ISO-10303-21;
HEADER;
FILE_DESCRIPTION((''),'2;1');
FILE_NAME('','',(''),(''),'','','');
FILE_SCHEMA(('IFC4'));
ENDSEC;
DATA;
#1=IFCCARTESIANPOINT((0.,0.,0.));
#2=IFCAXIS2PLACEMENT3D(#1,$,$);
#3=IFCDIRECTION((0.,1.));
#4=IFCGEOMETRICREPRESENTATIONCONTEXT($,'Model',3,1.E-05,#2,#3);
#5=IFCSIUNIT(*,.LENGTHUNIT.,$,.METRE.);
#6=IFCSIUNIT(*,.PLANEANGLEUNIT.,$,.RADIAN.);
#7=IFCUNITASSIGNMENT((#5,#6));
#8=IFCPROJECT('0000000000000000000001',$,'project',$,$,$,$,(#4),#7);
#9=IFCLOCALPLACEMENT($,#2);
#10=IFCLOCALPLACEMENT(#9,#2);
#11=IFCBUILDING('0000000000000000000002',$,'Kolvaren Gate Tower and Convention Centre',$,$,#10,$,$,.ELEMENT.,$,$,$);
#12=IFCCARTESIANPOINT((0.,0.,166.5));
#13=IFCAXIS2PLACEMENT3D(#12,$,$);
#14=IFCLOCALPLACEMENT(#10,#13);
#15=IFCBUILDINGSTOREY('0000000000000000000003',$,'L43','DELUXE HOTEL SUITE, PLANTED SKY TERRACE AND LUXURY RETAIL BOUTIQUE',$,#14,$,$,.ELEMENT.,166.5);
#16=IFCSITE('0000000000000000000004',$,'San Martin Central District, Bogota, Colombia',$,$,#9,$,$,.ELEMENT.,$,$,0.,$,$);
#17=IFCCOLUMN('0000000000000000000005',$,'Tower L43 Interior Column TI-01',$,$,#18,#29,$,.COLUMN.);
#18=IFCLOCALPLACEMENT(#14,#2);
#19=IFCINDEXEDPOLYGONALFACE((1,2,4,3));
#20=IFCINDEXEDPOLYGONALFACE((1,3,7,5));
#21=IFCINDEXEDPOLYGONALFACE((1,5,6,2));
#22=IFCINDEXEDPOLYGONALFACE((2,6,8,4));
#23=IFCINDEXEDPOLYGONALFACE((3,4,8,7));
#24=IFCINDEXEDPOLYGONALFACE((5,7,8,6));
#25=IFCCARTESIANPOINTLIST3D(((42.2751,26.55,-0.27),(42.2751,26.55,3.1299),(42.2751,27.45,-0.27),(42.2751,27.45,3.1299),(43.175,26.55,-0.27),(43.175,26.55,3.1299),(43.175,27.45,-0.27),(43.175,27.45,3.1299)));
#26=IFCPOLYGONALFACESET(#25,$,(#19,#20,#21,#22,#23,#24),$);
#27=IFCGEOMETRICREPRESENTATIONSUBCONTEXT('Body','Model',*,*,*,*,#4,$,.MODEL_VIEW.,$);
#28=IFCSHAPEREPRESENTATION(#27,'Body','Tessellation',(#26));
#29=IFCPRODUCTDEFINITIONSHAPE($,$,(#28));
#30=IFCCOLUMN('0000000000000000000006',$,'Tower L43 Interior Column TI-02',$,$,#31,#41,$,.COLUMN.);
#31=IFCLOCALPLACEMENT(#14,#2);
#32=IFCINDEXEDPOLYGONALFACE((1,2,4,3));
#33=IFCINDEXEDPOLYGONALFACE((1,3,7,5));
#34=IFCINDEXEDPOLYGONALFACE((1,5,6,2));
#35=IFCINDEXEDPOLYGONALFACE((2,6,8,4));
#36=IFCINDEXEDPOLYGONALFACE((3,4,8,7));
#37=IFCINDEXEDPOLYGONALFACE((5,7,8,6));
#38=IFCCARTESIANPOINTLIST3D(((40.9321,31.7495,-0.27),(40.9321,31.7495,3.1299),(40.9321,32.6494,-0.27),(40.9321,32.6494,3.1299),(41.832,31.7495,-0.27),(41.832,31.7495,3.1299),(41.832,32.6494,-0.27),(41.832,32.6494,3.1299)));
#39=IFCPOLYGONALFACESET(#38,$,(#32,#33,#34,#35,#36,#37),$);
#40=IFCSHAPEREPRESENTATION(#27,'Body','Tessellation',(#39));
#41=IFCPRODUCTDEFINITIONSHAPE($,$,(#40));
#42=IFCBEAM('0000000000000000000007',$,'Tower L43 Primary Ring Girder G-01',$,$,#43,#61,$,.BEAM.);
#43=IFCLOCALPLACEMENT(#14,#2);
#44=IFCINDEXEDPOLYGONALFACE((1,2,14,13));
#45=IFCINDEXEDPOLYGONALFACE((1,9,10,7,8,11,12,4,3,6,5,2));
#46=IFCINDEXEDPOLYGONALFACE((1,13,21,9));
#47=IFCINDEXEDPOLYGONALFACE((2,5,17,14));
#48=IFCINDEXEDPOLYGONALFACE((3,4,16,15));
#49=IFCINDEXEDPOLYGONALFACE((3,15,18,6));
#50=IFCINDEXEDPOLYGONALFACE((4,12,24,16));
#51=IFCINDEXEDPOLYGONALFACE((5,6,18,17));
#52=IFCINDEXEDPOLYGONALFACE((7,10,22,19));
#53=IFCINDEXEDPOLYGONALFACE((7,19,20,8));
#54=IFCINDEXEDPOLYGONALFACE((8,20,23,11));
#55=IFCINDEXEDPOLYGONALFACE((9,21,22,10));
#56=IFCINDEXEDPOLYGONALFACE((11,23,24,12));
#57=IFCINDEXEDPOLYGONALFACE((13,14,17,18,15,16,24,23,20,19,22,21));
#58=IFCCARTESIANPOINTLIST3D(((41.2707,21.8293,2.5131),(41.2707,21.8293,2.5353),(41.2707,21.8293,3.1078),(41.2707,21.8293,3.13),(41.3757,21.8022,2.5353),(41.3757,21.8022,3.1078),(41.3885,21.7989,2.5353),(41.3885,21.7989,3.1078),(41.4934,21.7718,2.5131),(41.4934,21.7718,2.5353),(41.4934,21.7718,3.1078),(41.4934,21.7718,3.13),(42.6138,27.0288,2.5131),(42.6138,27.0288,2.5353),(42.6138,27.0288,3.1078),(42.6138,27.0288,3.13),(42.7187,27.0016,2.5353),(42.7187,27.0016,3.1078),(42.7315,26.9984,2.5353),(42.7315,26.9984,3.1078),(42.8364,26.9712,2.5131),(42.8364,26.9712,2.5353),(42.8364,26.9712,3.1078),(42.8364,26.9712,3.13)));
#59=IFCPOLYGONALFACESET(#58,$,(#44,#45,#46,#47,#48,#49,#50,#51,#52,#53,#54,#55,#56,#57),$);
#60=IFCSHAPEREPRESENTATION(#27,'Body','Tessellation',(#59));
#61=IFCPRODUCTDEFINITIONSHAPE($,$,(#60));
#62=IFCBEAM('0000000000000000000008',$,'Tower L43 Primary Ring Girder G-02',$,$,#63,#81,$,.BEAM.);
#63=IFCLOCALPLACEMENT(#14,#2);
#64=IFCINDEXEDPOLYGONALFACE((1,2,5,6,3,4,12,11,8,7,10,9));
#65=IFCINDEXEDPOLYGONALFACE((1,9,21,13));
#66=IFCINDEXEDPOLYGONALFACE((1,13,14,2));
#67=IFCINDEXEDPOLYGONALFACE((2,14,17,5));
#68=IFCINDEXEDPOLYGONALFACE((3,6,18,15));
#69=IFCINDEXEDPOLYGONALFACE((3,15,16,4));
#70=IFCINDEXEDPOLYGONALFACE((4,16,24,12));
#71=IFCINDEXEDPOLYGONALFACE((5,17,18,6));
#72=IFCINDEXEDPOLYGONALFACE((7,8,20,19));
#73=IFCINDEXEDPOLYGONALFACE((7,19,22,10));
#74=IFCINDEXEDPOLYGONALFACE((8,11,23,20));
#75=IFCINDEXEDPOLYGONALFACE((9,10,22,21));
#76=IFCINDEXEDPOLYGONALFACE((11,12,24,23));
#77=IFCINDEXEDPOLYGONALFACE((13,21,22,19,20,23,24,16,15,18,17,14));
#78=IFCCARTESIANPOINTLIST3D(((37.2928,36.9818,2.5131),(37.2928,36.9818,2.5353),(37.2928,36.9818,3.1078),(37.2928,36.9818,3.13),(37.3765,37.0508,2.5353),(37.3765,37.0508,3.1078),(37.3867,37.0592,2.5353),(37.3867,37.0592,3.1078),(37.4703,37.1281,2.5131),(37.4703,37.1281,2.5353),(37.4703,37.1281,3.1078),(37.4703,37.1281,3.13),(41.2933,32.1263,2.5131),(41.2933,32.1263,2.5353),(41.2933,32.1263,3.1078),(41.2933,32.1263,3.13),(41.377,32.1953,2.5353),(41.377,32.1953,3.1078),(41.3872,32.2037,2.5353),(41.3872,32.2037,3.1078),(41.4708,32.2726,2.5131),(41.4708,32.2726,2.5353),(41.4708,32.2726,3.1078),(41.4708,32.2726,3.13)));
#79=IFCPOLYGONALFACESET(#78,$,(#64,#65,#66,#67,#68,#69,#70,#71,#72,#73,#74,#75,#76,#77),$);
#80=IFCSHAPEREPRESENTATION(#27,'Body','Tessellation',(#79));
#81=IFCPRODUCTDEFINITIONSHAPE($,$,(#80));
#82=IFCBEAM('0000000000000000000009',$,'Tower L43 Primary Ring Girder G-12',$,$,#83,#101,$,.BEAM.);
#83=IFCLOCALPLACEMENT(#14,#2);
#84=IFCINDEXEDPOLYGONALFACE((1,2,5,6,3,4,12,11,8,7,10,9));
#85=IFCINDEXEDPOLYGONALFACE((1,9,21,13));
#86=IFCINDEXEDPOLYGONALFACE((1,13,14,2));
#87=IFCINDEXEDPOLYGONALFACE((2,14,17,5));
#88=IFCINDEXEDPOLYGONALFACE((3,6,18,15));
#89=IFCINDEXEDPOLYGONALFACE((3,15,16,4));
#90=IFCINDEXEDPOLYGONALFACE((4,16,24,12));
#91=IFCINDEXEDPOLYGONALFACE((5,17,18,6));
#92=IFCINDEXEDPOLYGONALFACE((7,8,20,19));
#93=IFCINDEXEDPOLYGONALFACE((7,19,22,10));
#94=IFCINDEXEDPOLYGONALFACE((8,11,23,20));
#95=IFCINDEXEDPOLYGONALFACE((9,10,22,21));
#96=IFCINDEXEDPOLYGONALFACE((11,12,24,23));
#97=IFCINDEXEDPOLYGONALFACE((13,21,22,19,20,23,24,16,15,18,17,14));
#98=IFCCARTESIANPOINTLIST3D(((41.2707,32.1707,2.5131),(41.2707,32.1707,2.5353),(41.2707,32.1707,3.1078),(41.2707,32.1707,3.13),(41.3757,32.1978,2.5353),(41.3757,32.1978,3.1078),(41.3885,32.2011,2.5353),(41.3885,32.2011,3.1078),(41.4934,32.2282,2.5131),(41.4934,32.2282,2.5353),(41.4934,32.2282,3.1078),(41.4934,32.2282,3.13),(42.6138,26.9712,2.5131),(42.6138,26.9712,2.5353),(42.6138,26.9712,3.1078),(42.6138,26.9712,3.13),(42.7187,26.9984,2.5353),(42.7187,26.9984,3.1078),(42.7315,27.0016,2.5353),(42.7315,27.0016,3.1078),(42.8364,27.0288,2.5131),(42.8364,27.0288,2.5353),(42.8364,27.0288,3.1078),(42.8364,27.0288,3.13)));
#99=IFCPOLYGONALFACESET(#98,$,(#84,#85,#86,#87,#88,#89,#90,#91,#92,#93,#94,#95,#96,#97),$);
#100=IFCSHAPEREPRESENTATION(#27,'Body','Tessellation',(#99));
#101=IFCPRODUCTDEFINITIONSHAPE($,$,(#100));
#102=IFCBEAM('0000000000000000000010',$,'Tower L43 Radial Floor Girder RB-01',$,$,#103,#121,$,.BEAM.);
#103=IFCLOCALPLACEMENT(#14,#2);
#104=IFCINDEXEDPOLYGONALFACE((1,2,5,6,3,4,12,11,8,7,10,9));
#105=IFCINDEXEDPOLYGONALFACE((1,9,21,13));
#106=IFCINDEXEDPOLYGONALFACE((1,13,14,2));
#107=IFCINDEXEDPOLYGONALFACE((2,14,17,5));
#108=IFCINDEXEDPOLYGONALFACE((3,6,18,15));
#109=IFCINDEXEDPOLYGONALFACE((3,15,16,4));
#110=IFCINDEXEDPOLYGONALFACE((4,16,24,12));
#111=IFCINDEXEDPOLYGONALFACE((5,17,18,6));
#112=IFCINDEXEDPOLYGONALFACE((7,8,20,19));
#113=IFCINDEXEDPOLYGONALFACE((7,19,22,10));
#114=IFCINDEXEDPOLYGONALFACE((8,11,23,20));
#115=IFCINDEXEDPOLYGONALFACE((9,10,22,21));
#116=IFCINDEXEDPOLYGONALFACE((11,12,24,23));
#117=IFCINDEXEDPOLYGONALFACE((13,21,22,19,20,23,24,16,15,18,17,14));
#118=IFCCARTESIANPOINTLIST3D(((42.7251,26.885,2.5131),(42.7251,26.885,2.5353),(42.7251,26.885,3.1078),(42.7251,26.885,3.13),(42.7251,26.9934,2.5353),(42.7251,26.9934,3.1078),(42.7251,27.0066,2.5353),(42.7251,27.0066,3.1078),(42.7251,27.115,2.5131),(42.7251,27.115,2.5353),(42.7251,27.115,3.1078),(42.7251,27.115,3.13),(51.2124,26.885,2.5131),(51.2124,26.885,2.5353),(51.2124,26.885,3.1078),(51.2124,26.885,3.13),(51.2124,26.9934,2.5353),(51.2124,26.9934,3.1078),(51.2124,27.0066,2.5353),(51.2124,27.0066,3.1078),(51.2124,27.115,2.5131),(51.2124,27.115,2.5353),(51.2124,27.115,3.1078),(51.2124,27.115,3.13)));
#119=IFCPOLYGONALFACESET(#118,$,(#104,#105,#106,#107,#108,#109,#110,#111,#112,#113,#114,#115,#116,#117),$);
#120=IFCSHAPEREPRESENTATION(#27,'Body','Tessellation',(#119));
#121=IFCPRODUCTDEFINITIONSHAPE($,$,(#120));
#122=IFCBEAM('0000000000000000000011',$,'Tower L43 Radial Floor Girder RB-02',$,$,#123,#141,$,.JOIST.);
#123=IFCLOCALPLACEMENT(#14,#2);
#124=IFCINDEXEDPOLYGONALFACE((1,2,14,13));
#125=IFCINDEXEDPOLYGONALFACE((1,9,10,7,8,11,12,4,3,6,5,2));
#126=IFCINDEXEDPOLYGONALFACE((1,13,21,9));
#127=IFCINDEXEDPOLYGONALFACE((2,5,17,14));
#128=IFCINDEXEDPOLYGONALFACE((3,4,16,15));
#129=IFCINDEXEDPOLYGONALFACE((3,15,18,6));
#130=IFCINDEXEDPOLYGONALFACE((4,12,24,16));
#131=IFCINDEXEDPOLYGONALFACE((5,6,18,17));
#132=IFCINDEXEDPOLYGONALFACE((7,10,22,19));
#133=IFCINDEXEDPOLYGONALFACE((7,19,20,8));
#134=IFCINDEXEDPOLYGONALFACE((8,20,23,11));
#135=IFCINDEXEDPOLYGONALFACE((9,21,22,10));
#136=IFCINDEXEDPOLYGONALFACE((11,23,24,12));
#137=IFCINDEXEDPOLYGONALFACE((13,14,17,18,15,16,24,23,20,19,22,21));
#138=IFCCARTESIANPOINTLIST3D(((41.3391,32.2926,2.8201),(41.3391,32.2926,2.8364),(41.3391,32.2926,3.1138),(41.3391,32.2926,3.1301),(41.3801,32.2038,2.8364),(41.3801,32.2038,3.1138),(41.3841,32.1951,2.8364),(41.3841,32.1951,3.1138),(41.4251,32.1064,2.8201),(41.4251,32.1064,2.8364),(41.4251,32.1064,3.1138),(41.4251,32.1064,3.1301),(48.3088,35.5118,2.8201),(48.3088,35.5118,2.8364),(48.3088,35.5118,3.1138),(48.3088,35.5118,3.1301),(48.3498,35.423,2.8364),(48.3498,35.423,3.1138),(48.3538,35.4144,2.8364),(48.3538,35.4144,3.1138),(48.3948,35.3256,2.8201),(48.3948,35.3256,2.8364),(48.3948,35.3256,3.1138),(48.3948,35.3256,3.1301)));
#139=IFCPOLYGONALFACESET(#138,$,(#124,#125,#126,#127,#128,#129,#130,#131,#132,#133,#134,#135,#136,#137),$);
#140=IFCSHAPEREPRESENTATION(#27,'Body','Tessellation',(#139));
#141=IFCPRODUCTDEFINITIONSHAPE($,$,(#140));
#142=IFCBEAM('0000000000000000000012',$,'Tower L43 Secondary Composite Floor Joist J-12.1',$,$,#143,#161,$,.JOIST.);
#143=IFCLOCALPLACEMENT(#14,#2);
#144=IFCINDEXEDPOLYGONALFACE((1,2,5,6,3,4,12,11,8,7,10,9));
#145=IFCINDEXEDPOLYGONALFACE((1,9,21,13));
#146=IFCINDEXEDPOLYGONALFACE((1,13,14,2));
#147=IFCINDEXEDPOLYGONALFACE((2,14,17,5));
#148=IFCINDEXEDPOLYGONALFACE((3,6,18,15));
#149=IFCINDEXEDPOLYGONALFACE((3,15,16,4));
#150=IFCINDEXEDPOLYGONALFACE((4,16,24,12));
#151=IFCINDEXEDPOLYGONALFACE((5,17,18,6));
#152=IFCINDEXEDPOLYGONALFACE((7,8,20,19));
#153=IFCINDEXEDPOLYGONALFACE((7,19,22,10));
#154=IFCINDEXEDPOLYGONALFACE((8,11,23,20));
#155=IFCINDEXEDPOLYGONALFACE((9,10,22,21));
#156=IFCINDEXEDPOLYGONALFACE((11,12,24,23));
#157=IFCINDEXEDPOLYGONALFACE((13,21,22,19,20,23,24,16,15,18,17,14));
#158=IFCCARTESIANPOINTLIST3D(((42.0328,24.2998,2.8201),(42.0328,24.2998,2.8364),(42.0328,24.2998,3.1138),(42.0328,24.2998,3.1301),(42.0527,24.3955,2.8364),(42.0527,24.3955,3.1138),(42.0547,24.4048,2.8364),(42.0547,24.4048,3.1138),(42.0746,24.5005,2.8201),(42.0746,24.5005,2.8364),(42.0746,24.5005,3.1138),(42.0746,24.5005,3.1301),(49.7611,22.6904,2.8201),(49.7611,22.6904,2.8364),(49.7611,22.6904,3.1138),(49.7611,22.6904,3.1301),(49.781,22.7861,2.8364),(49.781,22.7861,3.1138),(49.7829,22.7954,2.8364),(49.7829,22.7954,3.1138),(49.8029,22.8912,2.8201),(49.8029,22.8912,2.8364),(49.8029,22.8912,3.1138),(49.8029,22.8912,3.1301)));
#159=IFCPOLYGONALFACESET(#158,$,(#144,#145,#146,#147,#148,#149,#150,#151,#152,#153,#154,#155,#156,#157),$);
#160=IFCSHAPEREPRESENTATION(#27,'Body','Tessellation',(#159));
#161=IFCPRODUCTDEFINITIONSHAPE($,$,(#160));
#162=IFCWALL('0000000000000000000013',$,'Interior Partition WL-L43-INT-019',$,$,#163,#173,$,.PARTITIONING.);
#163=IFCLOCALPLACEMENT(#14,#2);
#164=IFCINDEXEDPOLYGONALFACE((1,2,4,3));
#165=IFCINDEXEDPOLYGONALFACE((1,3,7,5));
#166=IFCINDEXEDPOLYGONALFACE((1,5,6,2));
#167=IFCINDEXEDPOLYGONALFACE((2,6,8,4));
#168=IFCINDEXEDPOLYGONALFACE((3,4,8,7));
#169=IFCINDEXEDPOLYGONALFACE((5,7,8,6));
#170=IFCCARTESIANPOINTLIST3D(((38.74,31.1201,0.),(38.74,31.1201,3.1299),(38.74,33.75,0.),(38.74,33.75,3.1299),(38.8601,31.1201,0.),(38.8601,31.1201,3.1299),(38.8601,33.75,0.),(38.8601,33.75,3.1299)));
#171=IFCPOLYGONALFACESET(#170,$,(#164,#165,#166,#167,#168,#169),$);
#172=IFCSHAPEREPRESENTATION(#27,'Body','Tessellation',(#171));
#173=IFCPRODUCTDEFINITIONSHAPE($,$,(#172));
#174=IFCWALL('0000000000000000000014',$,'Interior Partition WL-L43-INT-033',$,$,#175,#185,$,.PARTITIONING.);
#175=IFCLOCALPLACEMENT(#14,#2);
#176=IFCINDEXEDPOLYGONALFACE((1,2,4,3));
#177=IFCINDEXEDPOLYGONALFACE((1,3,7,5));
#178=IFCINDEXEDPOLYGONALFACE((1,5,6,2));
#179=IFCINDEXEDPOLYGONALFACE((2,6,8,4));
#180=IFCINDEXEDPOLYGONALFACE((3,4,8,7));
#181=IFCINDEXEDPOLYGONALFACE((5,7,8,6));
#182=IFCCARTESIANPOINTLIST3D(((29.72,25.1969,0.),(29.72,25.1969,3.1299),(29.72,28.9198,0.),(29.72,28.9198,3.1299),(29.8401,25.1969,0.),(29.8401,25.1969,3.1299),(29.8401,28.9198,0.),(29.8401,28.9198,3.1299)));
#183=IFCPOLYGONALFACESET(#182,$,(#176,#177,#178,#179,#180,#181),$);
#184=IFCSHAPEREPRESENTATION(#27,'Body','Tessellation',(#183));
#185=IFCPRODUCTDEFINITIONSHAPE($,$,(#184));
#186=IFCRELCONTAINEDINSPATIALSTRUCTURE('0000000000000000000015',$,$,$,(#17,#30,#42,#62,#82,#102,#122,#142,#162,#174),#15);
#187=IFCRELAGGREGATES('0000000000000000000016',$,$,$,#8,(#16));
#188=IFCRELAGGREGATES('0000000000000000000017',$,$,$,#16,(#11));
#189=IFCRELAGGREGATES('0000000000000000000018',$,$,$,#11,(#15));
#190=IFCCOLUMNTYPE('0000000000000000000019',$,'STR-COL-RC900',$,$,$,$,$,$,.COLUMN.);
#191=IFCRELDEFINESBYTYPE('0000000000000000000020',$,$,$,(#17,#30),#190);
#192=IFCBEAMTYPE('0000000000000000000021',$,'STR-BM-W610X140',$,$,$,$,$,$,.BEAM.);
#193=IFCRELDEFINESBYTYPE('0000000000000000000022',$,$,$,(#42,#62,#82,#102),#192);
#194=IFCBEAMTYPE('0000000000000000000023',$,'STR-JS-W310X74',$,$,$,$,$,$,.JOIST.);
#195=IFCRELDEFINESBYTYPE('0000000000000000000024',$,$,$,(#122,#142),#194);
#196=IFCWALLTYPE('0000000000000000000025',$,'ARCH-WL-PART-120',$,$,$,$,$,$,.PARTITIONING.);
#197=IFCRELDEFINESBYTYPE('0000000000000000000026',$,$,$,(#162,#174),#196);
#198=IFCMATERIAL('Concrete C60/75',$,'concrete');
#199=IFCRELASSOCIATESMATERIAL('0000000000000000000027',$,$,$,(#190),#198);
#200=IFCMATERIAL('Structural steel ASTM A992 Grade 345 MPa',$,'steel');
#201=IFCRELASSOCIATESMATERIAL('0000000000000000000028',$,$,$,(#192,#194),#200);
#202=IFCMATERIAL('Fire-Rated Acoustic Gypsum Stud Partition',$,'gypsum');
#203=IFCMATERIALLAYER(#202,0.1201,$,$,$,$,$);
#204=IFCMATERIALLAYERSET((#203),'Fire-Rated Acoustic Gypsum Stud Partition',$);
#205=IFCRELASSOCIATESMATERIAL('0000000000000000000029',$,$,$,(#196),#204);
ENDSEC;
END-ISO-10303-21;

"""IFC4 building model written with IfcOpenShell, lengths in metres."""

from ifc_helpers import new_model, si_unit, direction, frame, frame_2d, origin, origin_2d, place, context, subcontext, project, spatial, rectangle, i_section, extrude, material, layer, layer_set, material_profile, profile_set, type_object, element, save


model = new_model("IFC4")

# Units and contexts
model_context = context("Model", 3, precision=1e-05, world=origin(), true_north=direction((0.0, 1.0)))
body_context = subcontext(model_context, "Body", "Model", "MODEL_VIEW")
ifc_project = project(units=[si_unit("LENGTHUNIT", "METRE"), si_unit("PLANEANGLEUNIT", "RADIAN")], contexts=[model_context])

# Site, building, storey
site_placement = place(None, origin())
site = spatial("IfcSite", under=ifc_project, at=site_placement, Name="San Martin Central District, Bogota, Colombia", CompositionType="ELEMENT", RefElevation=0.0)
building_placement = place(site_placement, origin())
building = spatial("IfcBuilding", under=site, at=building_placement, Name="Kolvaren Gate Tower and Convention Centre", CompositionType="ELEMENT")
storey_placement = place(building_placement, frame((0.0, 0.0, 166.5)))
storey = spatial("IfcBuildingStorey", under=building, at=storey_placement, Name="L43", Description="DELUXE HOTEL SUITE, PLANTED SKY TERRACE AND LUXURY RETAIL BOUTIQUE", CompositionType="ELEMENT", Elevation=166.5)

# Columns
ifc_material_1 = material(Name="Concrete C60/75", Category="concrete")
ifc_material_profile_1 = material_profile(ifc_material_1, rectangle(XDim=0.8999, YDim=0.8999, at=origin_2d()), Name="RC-COL-900X900")
ifc_profile_set_1 = profile_set([ifc_material_profile_1], Name="Concrete C60/75")
column_type = type_object("IfcColumnType", Name="STR-COL-RC900", PredefinedType="COLUMN", material=ifc_profile_set_1)
for number, where, z_axis, x_axis, name in (
    (1, (42.7251, 27.0, -0.27), (0.0, 0.0, 1.0), (1.0, 0.0, 0.0), "Tower L43 Interior Column TI-01"),
    (2, (41.3821, 32.1995, -0.27), (0.0, 0.0, 1.0), (1.0, 0.0, 0.0), "Tower L43 Interior Column TI-02"),
):
    element("IfcColumn", number, at=place(storey_placement, frame(where, z_axis=z_axis, x_axis=x_axis)), inside=storey, type_object=column_type, Name=name, PredefinedType="COLUMN", context=body_context, shape_type="SweptSolid", body=[
        extrude(rectangle(XDim=0.8999, YDim=0.8999, at=origin_2d()), origin(), (0.0, 0.0, 1.0), 3.3999),
    ])

# Beams
ifc_material_2 = material(Name="Structural steel ASTM A992 Grade 345 MPa", Category="steel")
ifc_material_profile_2 = material_profile(ifc_material_2, i_section(OverallWidth=0.23, OverallDepth=0.6169, WebThickness=0.0132, FlangeThickness=0.0222, at=origin_2d()), Name="W610X140")
ifc_profile_set_2 = profile_set([ifc_material_profile_2], Name="Structural steel ASTM A992 Grade 345 MPa")
beam_type_1 = type_object("IfcBeamType", Name="STR-BM-W610X140", PredefinedType="BEAM", material=ifc_profile_set_2)
beam_1_placement = place(storey_placement, frame((42.7251, 27.0, 2.8215), z_axis=(-0.250091, -0.968222, 0.0), x_axis=(0.968222, -0.250091, 0.0)))
element("IfcBeam", 3, at=beam_1_placement, inside=storey, type_object=beam_type_1, Name="Tower L43 Primary Ring Girder G-01", PredefinedType="BEAM", context=body_context, shape_type="SweptSolid", body=[
    extrude(i_section(OverallWidth=0.23, OverallDepth=0.6169, WebThickness=0.0132, FlangeThickness=0.0222, at=origin_2d()), origin(), (0.0, 0.0, 1.0), 5.3701),
])
beam_2_placement = place(storey_placement, frame((41.3821, 32.1995, 2.8215), z_axis=(-0.635884, 0.771785, 0.0), x_axis=(-0.771785, -0.635884, 0.0)))
element("IfcBeam", 4, at=beam_2_placement, inside=storey, type_object=beam_type_1, Name="Tower L43 Primary Ring Girder G-02", PredefinedType="BEAM", context=body_context, shape_type="SweptSolid", body=[
    extrude(i_section(OverallWidth=0.23, OverallDepth=0.6169, WebThickness=0.0132, FlangeThickness=0.0222, at=origin_2d()), origin(), (0.0, 0.0, 1.0), 6.2913),
])
beam_3_placement = place(storey_placement, frame((42.7251, 27.0, 2.8215), z_axis=(-0.250091, 0.968222, 0.0), x_axis=(-0.968222, -0.250091, 0.0)))
element("IfcBeam", 5, at=beam_3_placement, inside=storey, type_object=beam_type_1, Name="Tower L43 Primary Ring Girder G-12", PredefinedType="BEAM", context=body_context, shape_type="SweptSolid", body=[
    extrude(i_section(OverallWidth=0.23, OverallDepth=0.6169, WebThickness=0.0132, FlangeThickness=0.0222, at=origin_2d()), origin(), (0.0, 0.0, 1.0), 5.3701),
])
beam_4_placement = place(storey_placement, frame((42.7251, 27.0, 2.8215), z_axis=(1.0, 0.0, 0.0), x_axis=(0.0, 1.0, 0.0)))
element("IfcBeam", 6, at=beam_4_placement, inside=storey, type_object=beam_type_1, Name="Tower L43 Radial Floor Girder RB-01", PredefinedType="BEAM", context=body_context, shape_type="SweptSolid", body=[
    extrude(i_section(OverallWidth=0.23, OverallDepth=0.6169, WebThickness=0.0132, FlangeThickness=0.0222, at=origin_2d()), origin(), (0.0, 0.0, 1.0), 8.4873),
])
ifc_material_profile_3 = material_profile(ifc_material_2, i_section(OverallWidth=0.2051, OverallDepth=0.3101, WebThickness=0.0095, FlangeThickness=0.0164, at=origin_2d()), Name="W310X74")
ifc_profile_set_3 = profile_set([ifc_material_profile_3], Name="Structural steel ASTM A992 Grade 345 MPa")
beam_type_2 = type_object("IfcBeamType", Name="STR-JS-W310X74", PredefinedType="JOIST", material=ifc_profile_set_3)
beam_5_placement = place(storey_placement, frame((41.3821, 32.1995, 2.9751), z_axis=(0.907838, 0.41932, 0.0), x_axis=(-0.41932, 0.907838, 0.0)))
element("IfcBeam", 7, at=beam_5_placement, inside=storey, type_object=beam_type_2, Name="Tower L43 Radial Floor Girder RB-02", PredefinedType="JOIST", context=body_context, shape_type="SweptSolid", body=[
    extrude(i_section(OverallWidth=0.2051, OverallDepth=0.3101, WebThickness=0.0095, FlangeThickness=0.0164, at=origin_2d()), origin(), (0.0, 0.0, 1.0), 7.6772),
])
beam_6_placement = place(storey_placement, frame((42.0537, 24.4001, 2.9751), z_axis=(0.978998, -0.203872, 0.0), x_axis=(0.203872, 0.978998, 0.0)))
element("IfcBeam", 8, at=beam_6_placement, inside=storey, type_object=beam_type_2, Name="Tower L43 Secondary Composite Floor Joist J-12.1", PredefinedType="JOIST", context=body_context, shape_type="SweptSolid", body=[
    extrude(i_section(OverallWidth=0.2051, OverallDepth=0.3101, WebThickness=0.0095, FlangeThickness=0.0164, at=origin_2d()), origin(), (0.0, 0.0, 1.0), 7.894),
])

# Walls
ifc_material_3 = material(Name="Fire-Rated Acoustic Gypsum Stud Partition", Category="gypsum")
ifc_layer_1 = layer(ifc_material_3, 0.1201)
ifc_layer_set_1 = layer_set([ifc_layer_1], Name="Fire-Rated Acoustic Gypsum Stud Partition")
wall_type_1 = type_object("IfcWallType", Name="ARCH-WL-PART-120", PredefinedType="PARTITIONING", material=ifc_layer_set_1)
wall_1_placement = place(storey_placement, frame((38.8, 31.1201, 0.0), z_axis=(0.0, 0.0, 1.0), x_axis=(0.0, 1.0, 0.0)))
element("IfcWall", 9, at=wall_1_placement, inside=storey, type_object=wall_type_1, Name="Interior Partition WL-L43-INT-019", PredefinedType="PARTITIONING", context=body_context, shape_type="SweptSolid", body=[
    extrude(rectangle(XDim=2.6299, YDim=0.1201, at=frame_2d((1.3149, 0.0))), origin(), (0.0, 0.0, 1.0), 3.1299),
])
wall_2_placement = place(storey_placement, frame((29.78, 25.197, 0.0), z_axis=(0.0, 0.0, 1.0), x_axis=(0.0, 1.0, 0.0)))
element("IfcWall", 10, at=wall_2_placement, inside=storey, type_object=wall_type_1, Name="Interior Partition WL-L43-INT-033", PredefinedType="PARTITIONING", context=body_context, shape_type="SweptSolid", body=[
    extrude(rectangle(XDim=3.7229, YDim=0.1201, at=frame_2d((1.8613, 0.0))), origin(), (0.0, 0.0, 1.0), 3.1299),
])

save(model, "model.ifc")
